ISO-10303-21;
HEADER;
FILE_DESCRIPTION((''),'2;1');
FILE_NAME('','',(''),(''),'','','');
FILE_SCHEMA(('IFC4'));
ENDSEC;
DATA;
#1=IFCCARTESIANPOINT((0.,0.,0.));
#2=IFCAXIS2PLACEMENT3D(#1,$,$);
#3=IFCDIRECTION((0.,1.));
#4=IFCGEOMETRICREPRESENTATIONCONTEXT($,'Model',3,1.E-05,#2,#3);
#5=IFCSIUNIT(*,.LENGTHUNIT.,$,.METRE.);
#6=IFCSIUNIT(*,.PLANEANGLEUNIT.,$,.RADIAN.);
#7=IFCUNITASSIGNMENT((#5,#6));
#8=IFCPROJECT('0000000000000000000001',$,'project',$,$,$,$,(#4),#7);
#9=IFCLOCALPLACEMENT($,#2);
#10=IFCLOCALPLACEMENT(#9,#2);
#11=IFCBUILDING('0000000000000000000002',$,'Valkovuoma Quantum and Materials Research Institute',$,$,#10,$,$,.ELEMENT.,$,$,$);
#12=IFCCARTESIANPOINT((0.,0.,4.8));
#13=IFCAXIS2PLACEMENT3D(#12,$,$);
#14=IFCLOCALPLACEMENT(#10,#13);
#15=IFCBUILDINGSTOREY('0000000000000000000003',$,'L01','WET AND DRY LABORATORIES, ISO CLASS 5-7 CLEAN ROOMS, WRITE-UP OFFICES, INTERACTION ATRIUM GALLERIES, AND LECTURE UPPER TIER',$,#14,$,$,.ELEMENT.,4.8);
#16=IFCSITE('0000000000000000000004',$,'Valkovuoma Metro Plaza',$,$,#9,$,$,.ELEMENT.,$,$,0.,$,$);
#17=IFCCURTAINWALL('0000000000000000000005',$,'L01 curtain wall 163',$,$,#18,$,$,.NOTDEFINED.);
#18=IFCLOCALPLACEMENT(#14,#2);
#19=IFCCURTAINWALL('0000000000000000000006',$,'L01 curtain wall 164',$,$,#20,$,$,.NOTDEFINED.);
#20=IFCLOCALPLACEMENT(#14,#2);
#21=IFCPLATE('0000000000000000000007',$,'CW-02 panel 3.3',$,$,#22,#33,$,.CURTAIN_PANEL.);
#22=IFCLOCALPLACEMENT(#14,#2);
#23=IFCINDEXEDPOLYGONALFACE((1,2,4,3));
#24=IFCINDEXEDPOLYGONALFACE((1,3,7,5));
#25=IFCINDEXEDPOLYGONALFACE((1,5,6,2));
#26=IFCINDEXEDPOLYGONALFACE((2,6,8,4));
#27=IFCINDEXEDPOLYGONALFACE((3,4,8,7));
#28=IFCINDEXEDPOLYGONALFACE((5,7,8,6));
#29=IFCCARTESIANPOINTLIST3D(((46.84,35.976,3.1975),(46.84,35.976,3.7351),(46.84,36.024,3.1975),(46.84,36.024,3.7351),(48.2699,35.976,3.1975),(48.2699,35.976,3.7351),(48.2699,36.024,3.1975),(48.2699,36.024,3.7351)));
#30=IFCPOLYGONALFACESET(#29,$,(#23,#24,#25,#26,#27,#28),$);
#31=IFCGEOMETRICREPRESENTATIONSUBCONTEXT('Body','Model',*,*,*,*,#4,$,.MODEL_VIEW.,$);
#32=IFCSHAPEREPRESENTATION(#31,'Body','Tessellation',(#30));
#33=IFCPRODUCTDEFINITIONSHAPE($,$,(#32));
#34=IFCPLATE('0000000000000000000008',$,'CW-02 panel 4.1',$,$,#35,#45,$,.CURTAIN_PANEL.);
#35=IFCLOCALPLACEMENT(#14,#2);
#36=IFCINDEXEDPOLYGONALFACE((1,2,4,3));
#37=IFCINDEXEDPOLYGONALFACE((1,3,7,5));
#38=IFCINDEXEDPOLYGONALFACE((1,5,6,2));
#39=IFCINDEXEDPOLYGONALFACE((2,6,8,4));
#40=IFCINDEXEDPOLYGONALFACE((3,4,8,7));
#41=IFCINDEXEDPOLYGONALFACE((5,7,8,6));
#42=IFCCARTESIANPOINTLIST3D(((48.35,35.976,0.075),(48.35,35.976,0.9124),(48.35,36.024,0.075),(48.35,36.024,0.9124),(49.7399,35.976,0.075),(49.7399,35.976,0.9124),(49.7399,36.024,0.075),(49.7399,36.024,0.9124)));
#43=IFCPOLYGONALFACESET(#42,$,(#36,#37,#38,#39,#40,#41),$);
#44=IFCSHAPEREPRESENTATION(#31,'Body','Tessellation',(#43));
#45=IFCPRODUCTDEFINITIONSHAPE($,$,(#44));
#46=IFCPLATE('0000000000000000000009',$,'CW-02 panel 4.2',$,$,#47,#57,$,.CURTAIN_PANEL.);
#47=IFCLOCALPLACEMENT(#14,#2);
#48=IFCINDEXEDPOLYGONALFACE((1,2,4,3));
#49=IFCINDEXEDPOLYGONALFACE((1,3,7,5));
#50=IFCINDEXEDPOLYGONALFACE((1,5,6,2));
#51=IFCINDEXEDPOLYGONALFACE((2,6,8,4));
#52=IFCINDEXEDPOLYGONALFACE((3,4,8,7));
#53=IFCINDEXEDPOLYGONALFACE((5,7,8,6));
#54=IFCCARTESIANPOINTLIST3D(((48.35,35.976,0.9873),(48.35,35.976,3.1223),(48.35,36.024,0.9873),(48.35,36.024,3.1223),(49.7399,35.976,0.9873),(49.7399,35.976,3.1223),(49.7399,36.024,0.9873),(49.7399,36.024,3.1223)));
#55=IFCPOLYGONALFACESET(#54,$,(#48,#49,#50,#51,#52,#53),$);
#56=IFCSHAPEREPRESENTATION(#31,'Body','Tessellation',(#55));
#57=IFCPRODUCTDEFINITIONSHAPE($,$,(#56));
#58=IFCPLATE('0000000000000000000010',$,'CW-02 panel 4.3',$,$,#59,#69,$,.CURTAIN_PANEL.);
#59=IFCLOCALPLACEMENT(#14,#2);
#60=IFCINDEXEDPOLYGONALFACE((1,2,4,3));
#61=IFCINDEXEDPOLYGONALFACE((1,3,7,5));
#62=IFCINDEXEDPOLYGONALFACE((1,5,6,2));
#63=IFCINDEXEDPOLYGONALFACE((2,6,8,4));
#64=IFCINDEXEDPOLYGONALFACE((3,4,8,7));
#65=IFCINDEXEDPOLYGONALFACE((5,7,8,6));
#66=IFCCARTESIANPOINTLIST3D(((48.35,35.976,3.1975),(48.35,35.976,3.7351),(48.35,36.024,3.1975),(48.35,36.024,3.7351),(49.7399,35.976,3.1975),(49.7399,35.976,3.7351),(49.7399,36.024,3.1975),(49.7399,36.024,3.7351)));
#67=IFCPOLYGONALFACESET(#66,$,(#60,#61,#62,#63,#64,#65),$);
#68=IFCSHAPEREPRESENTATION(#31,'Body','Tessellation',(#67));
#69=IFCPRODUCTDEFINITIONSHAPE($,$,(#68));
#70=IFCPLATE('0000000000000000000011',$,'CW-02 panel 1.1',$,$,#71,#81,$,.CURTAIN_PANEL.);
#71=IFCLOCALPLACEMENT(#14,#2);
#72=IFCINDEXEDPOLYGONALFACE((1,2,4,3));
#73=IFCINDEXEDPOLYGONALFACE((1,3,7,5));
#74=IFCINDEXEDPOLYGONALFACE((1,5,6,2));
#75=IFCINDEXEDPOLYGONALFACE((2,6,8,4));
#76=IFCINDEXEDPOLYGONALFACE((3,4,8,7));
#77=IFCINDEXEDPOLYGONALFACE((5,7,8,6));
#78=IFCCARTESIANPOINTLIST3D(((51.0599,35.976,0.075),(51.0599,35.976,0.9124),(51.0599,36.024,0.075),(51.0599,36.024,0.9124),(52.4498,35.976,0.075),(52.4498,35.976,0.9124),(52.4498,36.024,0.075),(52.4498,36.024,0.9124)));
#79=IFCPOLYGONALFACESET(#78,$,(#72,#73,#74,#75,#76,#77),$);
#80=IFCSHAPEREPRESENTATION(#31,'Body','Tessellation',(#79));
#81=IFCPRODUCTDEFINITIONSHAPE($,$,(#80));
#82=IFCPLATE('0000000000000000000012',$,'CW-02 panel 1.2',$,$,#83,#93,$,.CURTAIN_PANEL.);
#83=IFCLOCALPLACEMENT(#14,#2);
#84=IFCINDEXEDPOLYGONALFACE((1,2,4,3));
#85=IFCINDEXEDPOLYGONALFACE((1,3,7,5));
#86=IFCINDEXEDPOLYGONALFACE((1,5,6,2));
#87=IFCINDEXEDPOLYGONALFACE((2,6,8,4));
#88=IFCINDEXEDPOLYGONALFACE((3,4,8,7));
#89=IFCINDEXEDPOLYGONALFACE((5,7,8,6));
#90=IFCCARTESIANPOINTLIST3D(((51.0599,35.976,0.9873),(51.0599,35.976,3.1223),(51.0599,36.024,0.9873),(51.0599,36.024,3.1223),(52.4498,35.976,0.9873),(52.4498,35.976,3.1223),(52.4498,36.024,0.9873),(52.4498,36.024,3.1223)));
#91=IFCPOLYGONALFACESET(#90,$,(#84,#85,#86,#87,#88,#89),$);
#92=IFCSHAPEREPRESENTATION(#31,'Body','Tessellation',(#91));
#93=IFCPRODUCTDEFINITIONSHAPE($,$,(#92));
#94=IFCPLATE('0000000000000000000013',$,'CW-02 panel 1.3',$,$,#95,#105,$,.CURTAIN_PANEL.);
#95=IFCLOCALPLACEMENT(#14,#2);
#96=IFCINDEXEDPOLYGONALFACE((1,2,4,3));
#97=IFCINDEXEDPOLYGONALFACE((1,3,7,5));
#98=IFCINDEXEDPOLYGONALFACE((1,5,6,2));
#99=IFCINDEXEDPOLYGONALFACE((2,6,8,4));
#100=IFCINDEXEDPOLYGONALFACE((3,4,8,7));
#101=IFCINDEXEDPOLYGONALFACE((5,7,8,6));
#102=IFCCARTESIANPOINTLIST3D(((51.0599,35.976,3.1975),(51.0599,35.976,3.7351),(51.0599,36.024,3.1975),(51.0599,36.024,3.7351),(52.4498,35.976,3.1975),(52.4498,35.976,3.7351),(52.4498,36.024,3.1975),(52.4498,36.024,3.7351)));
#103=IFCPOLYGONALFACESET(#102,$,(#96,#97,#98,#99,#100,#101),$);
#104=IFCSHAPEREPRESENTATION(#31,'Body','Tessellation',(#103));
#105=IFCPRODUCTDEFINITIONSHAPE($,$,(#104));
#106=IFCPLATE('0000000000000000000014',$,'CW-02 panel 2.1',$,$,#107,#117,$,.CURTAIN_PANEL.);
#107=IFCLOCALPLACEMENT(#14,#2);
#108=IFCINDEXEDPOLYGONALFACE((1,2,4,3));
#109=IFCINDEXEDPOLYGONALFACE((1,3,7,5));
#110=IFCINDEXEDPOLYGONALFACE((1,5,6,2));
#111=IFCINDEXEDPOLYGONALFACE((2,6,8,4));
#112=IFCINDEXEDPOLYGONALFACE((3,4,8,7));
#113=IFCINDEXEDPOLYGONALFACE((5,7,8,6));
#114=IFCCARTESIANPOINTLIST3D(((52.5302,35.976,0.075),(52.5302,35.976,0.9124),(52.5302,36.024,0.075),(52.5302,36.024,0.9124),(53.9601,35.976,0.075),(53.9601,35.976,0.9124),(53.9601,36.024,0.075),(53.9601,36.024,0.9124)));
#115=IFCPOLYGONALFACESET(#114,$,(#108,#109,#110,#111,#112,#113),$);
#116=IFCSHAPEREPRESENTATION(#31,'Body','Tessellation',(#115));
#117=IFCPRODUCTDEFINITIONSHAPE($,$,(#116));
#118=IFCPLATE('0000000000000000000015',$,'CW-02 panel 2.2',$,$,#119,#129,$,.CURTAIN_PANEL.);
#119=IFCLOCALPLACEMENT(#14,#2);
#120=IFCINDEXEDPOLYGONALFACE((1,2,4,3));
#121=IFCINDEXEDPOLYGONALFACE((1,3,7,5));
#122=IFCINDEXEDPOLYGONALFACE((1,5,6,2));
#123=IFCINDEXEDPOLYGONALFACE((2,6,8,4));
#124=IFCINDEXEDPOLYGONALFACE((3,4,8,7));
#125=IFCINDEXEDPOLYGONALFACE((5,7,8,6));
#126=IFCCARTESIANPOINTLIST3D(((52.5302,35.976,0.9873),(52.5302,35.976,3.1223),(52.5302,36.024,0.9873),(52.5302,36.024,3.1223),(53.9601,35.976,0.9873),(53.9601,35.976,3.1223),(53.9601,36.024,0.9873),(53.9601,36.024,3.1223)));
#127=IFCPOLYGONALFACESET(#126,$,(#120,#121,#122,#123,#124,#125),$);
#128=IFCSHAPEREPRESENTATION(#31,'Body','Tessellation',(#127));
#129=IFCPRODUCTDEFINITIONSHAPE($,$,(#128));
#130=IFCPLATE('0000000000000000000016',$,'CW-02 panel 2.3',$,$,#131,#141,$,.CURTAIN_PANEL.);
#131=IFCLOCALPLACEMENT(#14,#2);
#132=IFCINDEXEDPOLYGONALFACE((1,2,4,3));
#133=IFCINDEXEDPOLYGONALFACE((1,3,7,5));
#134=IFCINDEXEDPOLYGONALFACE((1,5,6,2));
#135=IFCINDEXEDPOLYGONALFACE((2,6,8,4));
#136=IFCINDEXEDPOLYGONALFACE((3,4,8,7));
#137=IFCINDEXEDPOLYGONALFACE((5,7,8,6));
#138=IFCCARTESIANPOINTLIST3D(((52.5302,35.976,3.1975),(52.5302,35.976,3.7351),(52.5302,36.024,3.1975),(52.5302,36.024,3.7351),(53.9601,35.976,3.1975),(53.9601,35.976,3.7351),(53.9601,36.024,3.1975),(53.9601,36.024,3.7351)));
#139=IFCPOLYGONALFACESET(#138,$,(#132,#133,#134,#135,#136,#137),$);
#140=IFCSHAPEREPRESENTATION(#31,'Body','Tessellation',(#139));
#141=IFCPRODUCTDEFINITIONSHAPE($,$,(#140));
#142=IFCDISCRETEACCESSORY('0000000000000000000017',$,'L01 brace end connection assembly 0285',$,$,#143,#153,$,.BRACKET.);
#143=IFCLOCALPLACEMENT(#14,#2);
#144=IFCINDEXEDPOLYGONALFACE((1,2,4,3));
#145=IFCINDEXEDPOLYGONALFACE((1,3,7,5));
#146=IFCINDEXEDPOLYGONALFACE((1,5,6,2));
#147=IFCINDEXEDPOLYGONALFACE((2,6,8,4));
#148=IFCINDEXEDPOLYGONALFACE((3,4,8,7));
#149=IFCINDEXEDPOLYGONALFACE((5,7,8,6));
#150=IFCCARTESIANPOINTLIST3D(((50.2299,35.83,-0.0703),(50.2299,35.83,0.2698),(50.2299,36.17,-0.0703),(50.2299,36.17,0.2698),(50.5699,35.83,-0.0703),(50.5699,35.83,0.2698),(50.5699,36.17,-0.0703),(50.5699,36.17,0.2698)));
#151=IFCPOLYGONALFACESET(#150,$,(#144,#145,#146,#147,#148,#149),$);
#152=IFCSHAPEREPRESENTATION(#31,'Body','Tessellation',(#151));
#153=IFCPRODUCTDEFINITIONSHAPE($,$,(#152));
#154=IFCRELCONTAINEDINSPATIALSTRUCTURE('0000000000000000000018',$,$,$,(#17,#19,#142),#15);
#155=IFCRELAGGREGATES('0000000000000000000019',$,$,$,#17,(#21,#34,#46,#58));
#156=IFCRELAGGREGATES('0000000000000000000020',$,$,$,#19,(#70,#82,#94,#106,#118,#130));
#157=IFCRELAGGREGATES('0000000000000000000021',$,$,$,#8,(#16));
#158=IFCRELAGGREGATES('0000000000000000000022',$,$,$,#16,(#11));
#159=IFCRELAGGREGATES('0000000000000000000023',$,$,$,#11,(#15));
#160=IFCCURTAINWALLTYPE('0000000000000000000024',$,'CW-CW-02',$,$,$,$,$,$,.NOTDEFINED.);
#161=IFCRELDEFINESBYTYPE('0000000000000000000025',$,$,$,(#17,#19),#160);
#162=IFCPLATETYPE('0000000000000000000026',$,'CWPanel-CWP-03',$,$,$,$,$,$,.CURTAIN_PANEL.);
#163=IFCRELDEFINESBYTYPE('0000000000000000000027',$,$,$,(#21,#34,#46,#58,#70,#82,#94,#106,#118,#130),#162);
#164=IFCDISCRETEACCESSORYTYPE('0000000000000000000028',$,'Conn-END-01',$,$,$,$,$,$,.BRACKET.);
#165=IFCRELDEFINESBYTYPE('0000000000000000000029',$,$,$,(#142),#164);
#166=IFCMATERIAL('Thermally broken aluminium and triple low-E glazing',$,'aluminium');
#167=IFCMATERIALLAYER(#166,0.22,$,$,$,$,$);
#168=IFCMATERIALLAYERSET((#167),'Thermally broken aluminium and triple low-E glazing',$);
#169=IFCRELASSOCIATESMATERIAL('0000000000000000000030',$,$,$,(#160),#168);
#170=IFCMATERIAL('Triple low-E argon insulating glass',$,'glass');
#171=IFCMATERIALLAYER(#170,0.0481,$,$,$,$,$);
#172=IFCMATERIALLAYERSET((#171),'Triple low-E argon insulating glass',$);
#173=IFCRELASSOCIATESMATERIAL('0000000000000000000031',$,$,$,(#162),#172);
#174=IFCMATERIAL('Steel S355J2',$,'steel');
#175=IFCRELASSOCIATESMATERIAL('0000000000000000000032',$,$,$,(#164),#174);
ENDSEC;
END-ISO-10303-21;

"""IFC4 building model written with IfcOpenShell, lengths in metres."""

from ifc_helpers import new_model, si_unit, direction, frame, origin, origin_2d, place, context, subcontext, project, spatial, rectangle, extrude, material, layer, layer_set, type_object, element, aggregate, save


model = new_model("IFC4")

# Units and contexts
model_context = context("Model", 3, precision=1e-05, world=origin(), true_north=direction((0.0, 1.0)))
body_context = subcontext(model_context, "Body", "Model", "MODEL_VIEW")
ifc_project = project(units=[si_unit("LENGTHUNIT", "METRE"), si_unit("PLANEANGLEUNIT", "RADIAN")], contexts=[model_context])

# Site, building, storey
site_placement = place(None, origin())
site = spatial("IfcSite", under=ifc_project, at=site_placement, Name="Valkovuoma Metro Plaza", CompositionType="ELEMENT", RefElevation=0.0)
building_placement = place(site_placement, origin())
building = spatial("IfcBuilding", under=site, at=building_placement, Name="Valkovuoma Quantum and Materials Research Institute", CompositionType="ELEMENT")
storey_placement = place(building_placement, frame((0.0, 0.0, 4.8)))
storey = spatial("IfcBuildingStorey", under=building, at=storey_placement, Name="L01", Description="WET AND DRY LABORATORIES, ISO CLASS 5-7 CLEAN ROOMS, WRITE-UP OFFICES, INTERACTION ATRIUM GALLERIES, AND LECTURE UPPER TIER", CompositionType="ELEMENT", Elevation=4.8)

# Curtain walls
ifc_material_1 = material(Name="Thermally broken aluminium and triple low-E glazing", Category="aluminium")
ifc_layer_1 = layer(ifc_material_1, 0.22)
ifc_layer_set_1 = layer_set([ifc_layer_1], Name="Thermally broken aluminium and triple low-E glazing")
curtain_wall_type = type_object("IfcCurtainWallType", Name="CW-CW-02", PredefinedType="NOTDEFINED", material=ifc_layer_set_1)
curtain_wall_1_placement = place(storey_placement, origin())
curtain_wall_1 = element("IfcCurtainWall", 1, at=curtain_wall_1_placement, inside=storey, type_object=curtain_wall_type, Name="L01 curtain wall 163", PredefinedType="NOTDEFINED")
curtain_wall_2_placement = place(storey_placement, origin())
curtain_wall_2 = element("IfcCurtainWall", 2, at=curtain_wall_2_placement, inside=storey, type_object=curtain_wall_type, Name="L01 curtain wall 164", PredefinedType="NOTDEFINED")

# Plates
ifc_material_2 = material(Name="Triple low-E argon insulating glass", Category="glass")
ifc_layer_2 = layer(ifc_material_2, 0.0481)
ifc_layer_set_2 = layer_set([ifc_layer_2], Name="Triple low-E argon insulating glass")
plate_type = type_object("IfcPlateType", Name="CWPanel-CWP-03", PredefinedType="CURTAIN_PANEL", material=ifc_layer_set_2)
plate_1_placement = place(storey_placement, frame((47.5549, 36.0, 3.1975), z_axis=(0.0, 0.0, 1.0), x_axis=(1.0, 0.0, 0.0)))
plate_1 = element("IfcPlate", 3, at=plate_1_placement, type_object=plate_type, Name="CW-02 panel 3.3", PredefinedType="CURTAIN_PANEL", context=body_context, shape_type="SweptSolid", body=[
    extrude(rectangle(XDim=1.4299, YDim=0.0481, at=origin_2d()), origin(), (0.0, 0.0, 1.0), 0.5376),
])
plate_2_placement = place(storey_placement, frame((49.0449, 36.0, 0.075), z_axis=(0.0, 0.0, 1.0), x_axis=(1.0, 0.0, 0.0)))
plate_2 = element("IfcPlate", 4, at=plate_2_placement, type_object=plate_type, Name="CW-02 panel 4.1", PredefinedType="CURTAIN_PANEL", context=body_context, shape_type="SweptSolid", body=[
    extrude(rectangle(XDim=1.3899, YDim=0.0481, at=origin_2d()), origin(), (0.0, 0.0, 1.0), 0.8374),
])
plate_3_placement = place(storey_placement, frame((49.0449, 36.0, 0.9873), z_axis=(0.0, 0.0, 1.0), x_axis=(1.0, 0.0, 0.0)))
plate_3 = element("IfcPlate", 5, at=plate_3_placement, type_object=plate_type, Name="CW-02 panel 4.2", PredefinedType="CURTAIN_PANEL", context=body_context, shape_type="SweptSolid", body=[
    extrude(rectangle(XDim=1.3899, YDim=0.0481, at=origin_2d()), origin(), (0.0, 0.0, 1.0), 2.135),
])
plate_4_placement = place(storey_placement, frame((49.0449, 36.0, 3.1975), z_axis=(0.0, 0.0, 1.0), x_axis=(1.0, 0.0, 0.0)))
plate_4 = element("IfcPlate", 6, at=plate_4_placement, type_object=plate_type, Name="CW-02 panel 4.3", PredefinedType="CURTAIN_PANEL", context=body_context, shape_type="SweptSolid", body=[
    extrude(rectangle(XDim=1.3899, YDim=0.0481, at=origin_2d()), origin(), (0.0, 0.0, 1.0), 0.5376),
])
aggregate(curtain_wall_1, [plate_1, plate_2, plate_3, plate_4])
plate_5_placement = place(storey_placement, frame((51.7549, 36.0, 0.075), z_axis=(0.0, 0.0, 1.0), x_axis=(1.0, 0.0, 0.0)))
plate_5 = element("IfcPlate", 7, at=plate_5_placement, type_object=plate_type, Name="CW-02 panel 1.1", PredefinedType="CURTAIN_PANEL", context=body_context, shape_type="SweptSolid", body=[
    extrude(rectangle(XDim=1.3899, YDim=0.0481, at=origin_2d()), origin(), (0.0, 0.0, 1.0), 0.8374),
])
plate_6_placement = place(storey_placement, frame((51.7549, 36.0, 0.9873), z_axis=(0.0, 0.0, 1.0), x_axis=(1.0, 0.0, 0.0)))
plate_6 = element("IfcPlate", 8, at=plate_6_placement, type_object=plate_type, Name="CW-02 panel 1.2", PredefinedType="CURTAIN_PANEL", context=body_context, shape_type="SweptSolid", body=[
    extrude(rectangle(XDim=1.3899, YDim=0.0481, at=origin_2d()), origin(), (0.0, 0.0, 1.0), 2.135),
])
plate_7_placement = place(storey_placement, frame((51.7549, 36.0, 3.1975), z_axis=(0.0, 0.0, 1.0), x_axis=(1.0, 0.0, 0.0)))
plate_7 = element("IfcPlate", 9, at=plate_7_placement, type_object=plate_type, Name="CW-02 panel 1.3", PredefinedType="CURTAIN_PANEL", context=body_context, shape_type="SweptSolid", body=[
    extrude(rectangle(XDim=1.3899, YDim=0.0481, at=origin_2d()), origin(), (0.0, 0.0, 1.0), 0.5376),
])
plate_8_placement = place(storey_placement, frame((53.2451, 36.0, 0.075), z_axis=(0.0, 0.0, 1.0), x_axis=(1.0, 0.0, 0.0)))
plate_8 = element("IfcPlate", 10, at=plate_8_placement, type_object=plate_type, Name="CW-02 panel 2.1", PredefinedType="CURTAIN_PANEL", context=body_context, shape_type="SweptSolid", body=[
    extrude(rectangle(XDim=1.4299, YDim=0.0481, at=origin_2d()), origin(), (0.0, 0.0, 1.0), 0.8374),
])
plate_9_placement = place(storey_placement, frame((53.2451, 36.0, 0.9873), z_axis=(0.0, 0.0, 1.0), x_axis=(1.0, 0.0, 0.0)))
plate_9 = element("IfcPlate", 11, at=plate_9_placement, type_object=plate_type, Name="CW-02 panel 2.2", PredefinedType="CURTAIN_PANEL", context=body_context, shape_type="SweptSolid", body=[
    extrude(rectangle(XDim=1.4299, YDim=0.0481, at=origin_2d()), origin(), (0.0, 0.0, 1.0), 2.135),
])
plate_10_placement = place(storey_placement, frame((53.2451, 36.0, 3.1975), z_axis=(0.0, 0.0, 1.0), x_axis=(1.0, 0.0, 0.0)))
plate_10 = element("IfcPlate", 12, at=plate_10_placement, type_object=plate_type, Name="CW-02 panel 2.3", PredefinedType="CURTAIN_PANEL", context=body_context, shape_type="SweptSolid", body=[
    extrude(rectangle(XDim=1.4299, YDim=0.0481, at=origin_2d()), origin(), (0.0, 0.0, 1.0), 0.5376),
])
aggregate(curtain_wall_2, [plate_5, plate_6, plate_7, plate_8, plate_9, plate_10])

# Discrete accessory
ifc_material_3 = material(Name="Steel S355J2", Category="steel")
discrete_accessory_type = type_object("IfcDiscreteAccessoryType", Name="Conn-END-01", PredefinedType="BRACKET", material=ifc_material_3)
discrete_accessory_placement = place(storey_placement, frame((50.3999, 36.0, -0.0703), z_axis=(0.0, 0.0, 1.0), x_axis=(1.0, 0.0, 0.0)))
element("IfcDiscreteAccessory", 13, at=discrete_accessory_placement, inside=storey, type_object=discrete_accessory_type, Name="L01 brace end connection assembly 0285", PredefinedType="BRACKET", context=body_context, shape_type="SweptSolid", body=[
    extrude(rectangle(XDim=0.3401, YDim=0.3401, at=origin_2d()), origin(), (0.0, 0.0, 1.0), 0.3401),
])

save(model, "model.ifc")
